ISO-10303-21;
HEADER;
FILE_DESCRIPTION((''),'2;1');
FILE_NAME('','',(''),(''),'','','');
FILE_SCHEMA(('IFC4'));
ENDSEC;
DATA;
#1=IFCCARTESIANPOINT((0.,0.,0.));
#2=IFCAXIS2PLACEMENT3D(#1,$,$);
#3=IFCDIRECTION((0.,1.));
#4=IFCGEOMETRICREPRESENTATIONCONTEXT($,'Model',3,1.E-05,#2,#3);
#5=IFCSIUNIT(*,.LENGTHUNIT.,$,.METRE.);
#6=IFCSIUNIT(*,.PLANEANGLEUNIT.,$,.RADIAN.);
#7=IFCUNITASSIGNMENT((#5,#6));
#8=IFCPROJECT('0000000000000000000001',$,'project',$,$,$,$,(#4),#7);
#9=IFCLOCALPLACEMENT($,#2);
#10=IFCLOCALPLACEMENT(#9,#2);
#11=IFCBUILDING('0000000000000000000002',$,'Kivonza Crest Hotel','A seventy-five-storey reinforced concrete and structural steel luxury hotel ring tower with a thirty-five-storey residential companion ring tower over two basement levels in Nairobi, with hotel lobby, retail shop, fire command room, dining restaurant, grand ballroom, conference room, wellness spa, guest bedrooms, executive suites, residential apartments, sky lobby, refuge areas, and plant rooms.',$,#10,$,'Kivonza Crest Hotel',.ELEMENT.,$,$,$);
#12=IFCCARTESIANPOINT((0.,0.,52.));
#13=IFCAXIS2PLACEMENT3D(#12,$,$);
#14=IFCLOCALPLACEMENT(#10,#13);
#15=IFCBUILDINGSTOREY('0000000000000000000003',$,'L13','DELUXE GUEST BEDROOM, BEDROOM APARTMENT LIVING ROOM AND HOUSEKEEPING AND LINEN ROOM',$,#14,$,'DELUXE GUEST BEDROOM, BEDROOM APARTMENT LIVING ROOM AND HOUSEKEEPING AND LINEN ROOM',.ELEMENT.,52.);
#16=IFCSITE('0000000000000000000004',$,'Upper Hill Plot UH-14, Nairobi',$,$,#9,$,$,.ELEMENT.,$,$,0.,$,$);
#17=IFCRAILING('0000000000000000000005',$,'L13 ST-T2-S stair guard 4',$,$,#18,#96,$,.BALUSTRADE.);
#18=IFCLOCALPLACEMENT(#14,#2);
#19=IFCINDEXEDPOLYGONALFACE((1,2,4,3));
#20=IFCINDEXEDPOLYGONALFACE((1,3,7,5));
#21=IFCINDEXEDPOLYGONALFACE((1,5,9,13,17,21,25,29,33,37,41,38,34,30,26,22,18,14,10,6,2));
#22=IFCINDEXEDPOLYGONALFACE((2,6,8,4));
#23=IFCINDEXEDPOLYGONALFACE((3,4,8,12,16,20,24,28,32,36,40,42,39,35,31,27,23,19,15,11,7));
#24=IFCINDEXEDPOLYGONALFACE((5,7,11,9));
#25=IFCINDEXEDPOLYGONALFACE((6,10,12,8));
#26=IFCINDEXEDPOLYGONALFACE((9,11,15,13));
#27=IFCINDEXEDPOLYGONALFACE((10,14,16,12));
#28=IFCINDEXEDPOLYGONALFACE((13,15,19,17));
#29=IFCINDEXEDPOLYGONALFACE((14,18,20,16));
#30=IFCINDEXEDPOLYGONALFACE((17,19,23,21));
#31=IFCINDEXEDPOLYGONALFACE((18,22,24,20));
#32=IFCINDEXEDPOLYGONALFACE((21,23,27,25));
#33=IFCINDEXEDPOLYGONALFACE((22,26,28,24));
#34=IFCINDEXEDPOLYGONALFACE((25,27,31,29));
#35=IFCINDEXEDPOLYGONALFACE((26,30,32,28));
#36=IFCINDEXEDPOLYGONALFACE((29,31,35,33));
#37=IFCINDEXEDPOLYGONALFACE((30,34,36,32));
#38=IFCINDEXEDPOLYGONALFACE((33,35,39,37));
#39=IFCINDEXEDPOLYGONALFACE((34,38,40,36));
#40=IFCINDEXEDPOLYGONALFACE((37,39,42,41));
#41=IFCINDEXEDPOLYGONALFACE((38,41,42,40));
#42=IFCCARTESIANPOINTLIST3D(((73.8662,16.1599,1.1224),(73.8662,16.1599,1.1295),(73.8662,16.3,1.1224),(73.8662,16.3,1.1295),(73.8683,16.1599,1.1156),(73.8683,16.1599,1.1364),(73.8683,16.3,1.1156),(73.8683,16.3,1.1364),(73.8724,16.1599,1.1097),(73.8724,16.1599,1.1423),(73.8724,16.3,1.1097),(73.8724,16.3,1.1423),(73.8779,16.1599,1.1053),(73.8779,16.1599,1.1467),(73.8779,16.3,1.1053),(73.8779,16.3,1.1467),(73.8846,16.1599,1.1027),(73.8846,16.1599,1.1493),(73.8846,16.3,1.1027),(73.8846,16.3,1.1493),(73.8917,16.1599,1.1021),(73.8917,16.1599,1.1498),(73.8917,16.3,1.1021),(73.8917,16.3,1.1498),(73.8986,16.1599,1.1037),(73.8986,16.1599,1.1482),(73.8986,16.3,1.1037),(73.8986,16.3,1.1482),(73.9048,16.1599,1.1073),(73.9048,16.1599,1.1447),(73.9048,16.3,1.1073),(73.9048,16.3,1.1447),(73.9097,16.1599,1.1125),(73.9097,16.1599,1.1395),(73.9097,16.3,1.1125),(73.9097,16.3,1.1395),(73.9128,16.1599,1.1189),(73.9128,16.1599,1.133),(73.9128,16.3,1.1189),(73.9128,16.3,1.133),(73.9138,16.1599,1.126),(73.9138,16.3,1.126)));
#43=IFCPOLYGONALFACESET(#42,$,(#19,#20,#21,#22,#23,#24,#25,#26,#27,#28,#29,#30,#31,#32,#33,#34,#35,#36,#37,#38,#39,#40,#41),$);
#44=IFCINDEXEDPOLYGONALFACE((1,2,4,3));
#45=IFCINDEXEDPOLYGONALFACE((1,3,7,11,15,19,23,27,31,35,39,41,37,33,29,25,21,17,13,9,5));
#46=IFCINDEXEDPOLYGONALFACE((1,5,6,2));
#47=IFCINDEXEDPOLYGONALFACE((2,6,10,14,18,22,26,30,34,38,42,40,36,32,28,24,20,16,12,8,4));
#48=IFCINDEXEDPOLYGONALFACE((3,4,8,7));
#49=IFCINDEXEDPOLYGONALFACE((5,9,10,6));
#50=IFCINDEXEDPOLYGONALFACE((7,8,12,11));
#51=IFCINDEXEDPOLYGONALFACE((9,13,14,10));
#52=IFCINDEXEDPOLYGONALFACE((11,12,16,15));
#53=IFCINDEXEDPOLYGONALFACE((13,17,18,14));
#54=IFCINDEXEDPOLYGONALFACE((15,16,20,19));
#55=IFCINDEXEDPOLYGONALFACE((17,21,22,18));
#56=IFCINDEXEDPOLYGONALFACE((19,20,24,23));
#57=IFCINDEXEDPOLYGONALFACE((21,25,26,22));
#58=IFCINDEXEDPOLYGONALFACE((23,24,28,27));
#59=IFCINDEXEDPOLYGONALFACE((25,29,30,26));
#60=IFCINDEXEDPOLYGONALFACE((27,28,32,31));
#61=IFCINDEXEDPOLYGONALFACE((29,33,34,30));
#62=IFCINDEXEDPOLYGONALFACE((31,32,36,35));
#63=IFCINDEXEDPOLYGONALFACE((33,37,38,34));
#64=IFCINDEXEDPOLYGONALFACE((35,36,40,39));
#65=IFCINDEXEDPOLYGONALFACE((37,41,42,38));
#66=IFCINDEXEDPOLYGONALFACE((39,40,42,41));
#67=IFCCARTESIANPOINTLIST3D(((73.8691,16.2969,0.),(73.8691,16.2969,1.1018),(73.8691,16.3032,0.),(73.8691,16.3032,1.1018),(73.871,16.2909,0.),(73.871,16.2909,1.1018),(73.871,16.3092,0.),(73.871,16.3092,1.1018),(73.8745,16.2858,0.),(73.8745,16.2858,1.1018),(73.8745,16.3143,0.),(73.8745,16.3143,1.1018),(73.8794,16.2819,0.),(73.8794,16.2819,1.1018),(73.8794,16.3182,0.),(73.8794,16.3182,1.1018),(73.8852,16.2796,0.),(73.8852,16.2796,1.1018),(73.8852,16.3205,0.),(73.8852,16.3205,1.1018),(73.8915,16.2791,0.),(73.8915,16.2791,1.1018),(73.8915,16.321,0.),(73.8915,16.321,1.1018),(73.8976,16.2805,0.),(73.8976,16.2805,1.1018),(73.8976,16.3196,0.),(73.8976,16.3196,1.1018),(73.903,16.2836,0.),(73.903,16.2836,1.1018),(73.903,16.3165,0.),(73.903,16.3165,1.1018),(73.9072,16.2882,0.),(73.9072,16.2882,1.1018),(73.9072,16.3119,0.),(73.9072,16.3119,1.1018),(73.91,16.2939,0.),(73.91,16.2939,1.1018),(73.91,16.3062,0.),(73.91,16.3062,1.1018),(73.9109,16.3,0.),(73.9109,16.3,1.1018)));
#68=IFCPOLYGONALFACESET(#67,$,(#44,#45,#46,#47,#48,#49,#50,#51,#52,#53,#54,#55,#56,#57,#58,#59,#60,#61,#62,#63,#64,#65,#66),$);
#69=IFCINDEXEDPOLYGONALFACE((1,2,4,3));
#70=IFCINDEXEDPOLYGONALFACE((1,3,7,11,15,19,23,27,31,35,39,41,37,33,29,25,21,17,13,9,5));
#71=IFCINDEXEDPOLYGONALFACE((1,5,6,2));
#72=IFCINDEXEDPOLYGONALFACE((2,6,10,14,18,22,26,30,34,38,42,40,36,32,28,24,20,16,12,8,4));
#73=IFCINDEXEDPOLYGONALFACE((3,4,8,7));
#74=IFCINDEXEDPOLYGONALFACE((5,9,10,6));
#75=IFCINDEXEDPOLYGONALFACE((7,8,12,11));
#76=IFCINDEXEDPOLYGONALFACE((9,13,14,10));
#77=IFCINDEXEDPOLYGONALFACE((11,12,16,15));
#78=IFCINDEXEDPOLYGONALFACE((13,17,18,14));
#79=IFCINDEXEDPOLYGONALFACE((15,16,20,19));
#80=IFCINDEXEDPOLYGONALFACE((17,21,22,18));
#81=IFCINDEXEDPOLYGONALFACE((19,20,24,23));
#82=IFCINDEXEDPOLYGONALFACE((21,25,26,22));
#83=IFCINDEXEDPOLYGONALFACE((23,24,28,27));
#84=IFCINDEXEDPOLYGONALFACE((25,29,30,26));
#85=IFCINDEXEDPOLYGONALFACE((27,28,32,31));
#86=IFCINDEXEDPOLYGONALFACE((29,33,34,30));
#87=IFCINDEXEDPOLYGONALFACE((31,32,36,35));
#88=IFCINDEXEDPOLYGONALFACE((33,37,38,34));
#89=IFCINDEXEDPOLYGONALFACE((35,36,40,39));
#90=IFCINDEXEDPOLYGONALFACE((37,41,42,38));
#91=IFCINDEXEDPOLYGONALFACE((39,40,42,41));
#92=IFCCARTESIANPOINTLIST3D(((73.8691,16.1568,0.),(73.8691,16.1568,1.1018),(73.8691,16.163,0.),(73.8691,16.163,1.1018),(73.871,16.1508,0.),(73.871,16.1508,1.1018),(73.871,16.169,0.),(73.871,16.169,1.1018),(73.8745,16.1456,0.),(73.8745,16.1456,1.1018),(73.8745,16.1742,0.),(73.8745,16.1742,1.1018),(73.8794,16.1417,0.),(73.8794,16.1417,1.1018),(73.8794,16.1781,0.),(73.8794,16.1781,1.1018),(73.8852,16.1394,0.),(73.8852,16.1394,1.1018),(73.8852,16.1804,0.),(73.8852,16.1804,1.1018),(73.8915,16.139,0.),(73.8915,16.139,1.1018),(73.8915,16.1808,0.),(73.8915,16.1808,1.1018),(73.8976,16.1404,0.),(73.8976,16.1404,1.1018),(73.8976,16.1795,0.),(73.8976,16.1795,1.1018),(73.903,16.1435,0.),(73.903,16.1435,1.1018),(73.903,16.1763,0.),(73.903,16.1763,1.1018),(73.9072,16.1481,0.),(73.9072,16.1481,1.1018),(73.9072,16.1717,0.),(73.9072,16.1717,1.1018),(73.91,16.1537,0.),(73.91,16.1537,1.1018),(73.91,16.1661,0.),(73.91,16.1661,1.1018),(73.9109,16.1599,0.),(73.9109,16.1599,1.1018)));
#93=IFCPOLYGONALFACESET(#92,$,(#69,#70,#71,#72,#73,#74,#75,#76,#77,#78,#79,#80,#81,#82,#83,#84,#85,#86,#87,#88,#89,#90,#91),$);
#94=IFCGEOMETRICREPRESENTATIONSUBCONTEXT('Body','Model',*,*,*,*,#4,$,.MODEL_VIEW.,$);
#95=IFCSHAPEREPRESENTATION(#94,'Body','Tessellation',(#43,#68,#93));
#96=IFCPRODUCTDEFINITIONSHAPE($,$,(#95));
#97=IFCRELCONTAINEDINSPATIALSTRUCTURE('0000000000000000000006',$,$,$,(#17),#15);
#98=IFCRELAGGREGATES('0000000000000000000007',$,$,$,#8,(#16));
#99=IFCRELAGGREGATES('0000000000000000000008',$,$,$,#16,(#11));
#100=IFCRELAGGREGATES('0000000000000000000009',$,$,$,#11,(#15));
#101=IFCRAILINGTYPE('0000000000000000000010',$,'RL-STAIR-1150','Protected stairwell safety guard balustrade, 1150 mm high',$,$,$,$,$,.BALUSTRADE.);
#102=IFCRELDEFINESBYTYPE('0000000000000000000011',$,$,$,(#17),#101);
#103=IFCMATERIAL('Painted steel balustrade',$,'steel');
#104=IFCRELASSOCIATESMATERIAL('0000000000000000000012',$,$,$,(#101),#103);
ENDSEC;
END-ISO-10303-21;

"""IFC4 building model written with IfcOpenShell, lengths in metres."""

from ifc_helpers import new_model, si_unit, direction, frame, origin, origin_2d, place, context, subcontext, project, spatial, circle, extrude, material, type_object, element, save


model = new_model("IFC4")

# Units and contexts
model_context = context("Model", 3, precision=1e-05, world=origin(), true_north=direction((0.0, 1.0)))
body_context = subcontext(model_context, "Body", "Model", "MODEL_VIEW")
ifc_project = project(units=[si_unit("LENGTHUNIT", "METRE"), si_unit("PLANEANGLEUNIT", "RADIAN")], contexts=[model_context])

# Site, building, storey
site_placement = place(None, origin())
site = spatial("IfcSite", under=ifc_project, at=site_placement, Name="Upper Hill Plot UH-14, Nairobi", CompositionType="ELEMENT", RefElevation=0.0)
building_placement = place(site_placement, origin())
building = spatial("IfcBuilding", under=site, at=building_placement, Name="Kivonza Crest Hotel", Description="A seventy-five-storey reinforced concrete and structural steel luxury hotel ring tower with a thirty-five-storey residential companion ring tower over two basement levels in Nairobi, with hotel lobby, retail shop, fire command room, dining restaurant, grand ballroom, conference room, wellness spa, guest bedrooms, executive suites, residential apartments, sky lobby, refuge areas, and plant rooms.", LongName="Kivonza Crest Hotel", CompositionType="ELEMENT")
storey_placement = place(building_placement, frame((0.0, 0.0, 52.0)))
storey = spatial("IfcBuildingStorey", under=building, at=storey_placement, Name="L13", Description="DELUXE GUEST BEDROOM, BEDROOM APARTMENT LIVING ROOM AND HOUSEKEEPING AND LINEN ROOM", LongName="DELUXE GUEST BEDROOM, BEDROOM APARTMENT LIVING ROOM AND HOUSEKEEPING AND LINEN ROOM", CompositionType="ELEMENT", Elevation=52.0)

# Railing
ifc_material_1 = material(Name="Painted steel balustrade", Category="steel")
railing_type_1 = type_object("IfcRailingType", Name="RL-STAIR-1150", Description="Protected stairwell safety guard balustrade, 1150 mm high", PredefinedType="BALUSTRADE", material=ifc_material_1)
railing_1_placement = place(storey_placement, frame((73.8899, 16.3, 0.0)))
element("IfcRailing", 1, at=railing_1_placement, inside=storey, type_object=railing_type_1, Name="L13 ST-T2-S stair guard 4", PredefinedType="BALUSTRADE", context=body_context, shape_type="SweptSolid", body=[
    extrude(circle(Radius=0.0239, at=origin_2d()), frame((0.0, 0.0, 1.126), z_axis=(0.0, -1.0, 0.0), x_axis=(1.0, 0.0, 0.0)), (0.0, 0.0, 1.0), 0.1401),
    extrude(circle(Radius=0.021, at=origin_2d()), origin(), (0.0, 0.0, 1.0), 1.1018),
    extrude(circle(Radius=0.021, at=origin_2d()), frame((0.0, -0.1401, 0.0)), (0.0, 0.0, 1.0), 1.1018),
])

save(model, "model.ifc")
